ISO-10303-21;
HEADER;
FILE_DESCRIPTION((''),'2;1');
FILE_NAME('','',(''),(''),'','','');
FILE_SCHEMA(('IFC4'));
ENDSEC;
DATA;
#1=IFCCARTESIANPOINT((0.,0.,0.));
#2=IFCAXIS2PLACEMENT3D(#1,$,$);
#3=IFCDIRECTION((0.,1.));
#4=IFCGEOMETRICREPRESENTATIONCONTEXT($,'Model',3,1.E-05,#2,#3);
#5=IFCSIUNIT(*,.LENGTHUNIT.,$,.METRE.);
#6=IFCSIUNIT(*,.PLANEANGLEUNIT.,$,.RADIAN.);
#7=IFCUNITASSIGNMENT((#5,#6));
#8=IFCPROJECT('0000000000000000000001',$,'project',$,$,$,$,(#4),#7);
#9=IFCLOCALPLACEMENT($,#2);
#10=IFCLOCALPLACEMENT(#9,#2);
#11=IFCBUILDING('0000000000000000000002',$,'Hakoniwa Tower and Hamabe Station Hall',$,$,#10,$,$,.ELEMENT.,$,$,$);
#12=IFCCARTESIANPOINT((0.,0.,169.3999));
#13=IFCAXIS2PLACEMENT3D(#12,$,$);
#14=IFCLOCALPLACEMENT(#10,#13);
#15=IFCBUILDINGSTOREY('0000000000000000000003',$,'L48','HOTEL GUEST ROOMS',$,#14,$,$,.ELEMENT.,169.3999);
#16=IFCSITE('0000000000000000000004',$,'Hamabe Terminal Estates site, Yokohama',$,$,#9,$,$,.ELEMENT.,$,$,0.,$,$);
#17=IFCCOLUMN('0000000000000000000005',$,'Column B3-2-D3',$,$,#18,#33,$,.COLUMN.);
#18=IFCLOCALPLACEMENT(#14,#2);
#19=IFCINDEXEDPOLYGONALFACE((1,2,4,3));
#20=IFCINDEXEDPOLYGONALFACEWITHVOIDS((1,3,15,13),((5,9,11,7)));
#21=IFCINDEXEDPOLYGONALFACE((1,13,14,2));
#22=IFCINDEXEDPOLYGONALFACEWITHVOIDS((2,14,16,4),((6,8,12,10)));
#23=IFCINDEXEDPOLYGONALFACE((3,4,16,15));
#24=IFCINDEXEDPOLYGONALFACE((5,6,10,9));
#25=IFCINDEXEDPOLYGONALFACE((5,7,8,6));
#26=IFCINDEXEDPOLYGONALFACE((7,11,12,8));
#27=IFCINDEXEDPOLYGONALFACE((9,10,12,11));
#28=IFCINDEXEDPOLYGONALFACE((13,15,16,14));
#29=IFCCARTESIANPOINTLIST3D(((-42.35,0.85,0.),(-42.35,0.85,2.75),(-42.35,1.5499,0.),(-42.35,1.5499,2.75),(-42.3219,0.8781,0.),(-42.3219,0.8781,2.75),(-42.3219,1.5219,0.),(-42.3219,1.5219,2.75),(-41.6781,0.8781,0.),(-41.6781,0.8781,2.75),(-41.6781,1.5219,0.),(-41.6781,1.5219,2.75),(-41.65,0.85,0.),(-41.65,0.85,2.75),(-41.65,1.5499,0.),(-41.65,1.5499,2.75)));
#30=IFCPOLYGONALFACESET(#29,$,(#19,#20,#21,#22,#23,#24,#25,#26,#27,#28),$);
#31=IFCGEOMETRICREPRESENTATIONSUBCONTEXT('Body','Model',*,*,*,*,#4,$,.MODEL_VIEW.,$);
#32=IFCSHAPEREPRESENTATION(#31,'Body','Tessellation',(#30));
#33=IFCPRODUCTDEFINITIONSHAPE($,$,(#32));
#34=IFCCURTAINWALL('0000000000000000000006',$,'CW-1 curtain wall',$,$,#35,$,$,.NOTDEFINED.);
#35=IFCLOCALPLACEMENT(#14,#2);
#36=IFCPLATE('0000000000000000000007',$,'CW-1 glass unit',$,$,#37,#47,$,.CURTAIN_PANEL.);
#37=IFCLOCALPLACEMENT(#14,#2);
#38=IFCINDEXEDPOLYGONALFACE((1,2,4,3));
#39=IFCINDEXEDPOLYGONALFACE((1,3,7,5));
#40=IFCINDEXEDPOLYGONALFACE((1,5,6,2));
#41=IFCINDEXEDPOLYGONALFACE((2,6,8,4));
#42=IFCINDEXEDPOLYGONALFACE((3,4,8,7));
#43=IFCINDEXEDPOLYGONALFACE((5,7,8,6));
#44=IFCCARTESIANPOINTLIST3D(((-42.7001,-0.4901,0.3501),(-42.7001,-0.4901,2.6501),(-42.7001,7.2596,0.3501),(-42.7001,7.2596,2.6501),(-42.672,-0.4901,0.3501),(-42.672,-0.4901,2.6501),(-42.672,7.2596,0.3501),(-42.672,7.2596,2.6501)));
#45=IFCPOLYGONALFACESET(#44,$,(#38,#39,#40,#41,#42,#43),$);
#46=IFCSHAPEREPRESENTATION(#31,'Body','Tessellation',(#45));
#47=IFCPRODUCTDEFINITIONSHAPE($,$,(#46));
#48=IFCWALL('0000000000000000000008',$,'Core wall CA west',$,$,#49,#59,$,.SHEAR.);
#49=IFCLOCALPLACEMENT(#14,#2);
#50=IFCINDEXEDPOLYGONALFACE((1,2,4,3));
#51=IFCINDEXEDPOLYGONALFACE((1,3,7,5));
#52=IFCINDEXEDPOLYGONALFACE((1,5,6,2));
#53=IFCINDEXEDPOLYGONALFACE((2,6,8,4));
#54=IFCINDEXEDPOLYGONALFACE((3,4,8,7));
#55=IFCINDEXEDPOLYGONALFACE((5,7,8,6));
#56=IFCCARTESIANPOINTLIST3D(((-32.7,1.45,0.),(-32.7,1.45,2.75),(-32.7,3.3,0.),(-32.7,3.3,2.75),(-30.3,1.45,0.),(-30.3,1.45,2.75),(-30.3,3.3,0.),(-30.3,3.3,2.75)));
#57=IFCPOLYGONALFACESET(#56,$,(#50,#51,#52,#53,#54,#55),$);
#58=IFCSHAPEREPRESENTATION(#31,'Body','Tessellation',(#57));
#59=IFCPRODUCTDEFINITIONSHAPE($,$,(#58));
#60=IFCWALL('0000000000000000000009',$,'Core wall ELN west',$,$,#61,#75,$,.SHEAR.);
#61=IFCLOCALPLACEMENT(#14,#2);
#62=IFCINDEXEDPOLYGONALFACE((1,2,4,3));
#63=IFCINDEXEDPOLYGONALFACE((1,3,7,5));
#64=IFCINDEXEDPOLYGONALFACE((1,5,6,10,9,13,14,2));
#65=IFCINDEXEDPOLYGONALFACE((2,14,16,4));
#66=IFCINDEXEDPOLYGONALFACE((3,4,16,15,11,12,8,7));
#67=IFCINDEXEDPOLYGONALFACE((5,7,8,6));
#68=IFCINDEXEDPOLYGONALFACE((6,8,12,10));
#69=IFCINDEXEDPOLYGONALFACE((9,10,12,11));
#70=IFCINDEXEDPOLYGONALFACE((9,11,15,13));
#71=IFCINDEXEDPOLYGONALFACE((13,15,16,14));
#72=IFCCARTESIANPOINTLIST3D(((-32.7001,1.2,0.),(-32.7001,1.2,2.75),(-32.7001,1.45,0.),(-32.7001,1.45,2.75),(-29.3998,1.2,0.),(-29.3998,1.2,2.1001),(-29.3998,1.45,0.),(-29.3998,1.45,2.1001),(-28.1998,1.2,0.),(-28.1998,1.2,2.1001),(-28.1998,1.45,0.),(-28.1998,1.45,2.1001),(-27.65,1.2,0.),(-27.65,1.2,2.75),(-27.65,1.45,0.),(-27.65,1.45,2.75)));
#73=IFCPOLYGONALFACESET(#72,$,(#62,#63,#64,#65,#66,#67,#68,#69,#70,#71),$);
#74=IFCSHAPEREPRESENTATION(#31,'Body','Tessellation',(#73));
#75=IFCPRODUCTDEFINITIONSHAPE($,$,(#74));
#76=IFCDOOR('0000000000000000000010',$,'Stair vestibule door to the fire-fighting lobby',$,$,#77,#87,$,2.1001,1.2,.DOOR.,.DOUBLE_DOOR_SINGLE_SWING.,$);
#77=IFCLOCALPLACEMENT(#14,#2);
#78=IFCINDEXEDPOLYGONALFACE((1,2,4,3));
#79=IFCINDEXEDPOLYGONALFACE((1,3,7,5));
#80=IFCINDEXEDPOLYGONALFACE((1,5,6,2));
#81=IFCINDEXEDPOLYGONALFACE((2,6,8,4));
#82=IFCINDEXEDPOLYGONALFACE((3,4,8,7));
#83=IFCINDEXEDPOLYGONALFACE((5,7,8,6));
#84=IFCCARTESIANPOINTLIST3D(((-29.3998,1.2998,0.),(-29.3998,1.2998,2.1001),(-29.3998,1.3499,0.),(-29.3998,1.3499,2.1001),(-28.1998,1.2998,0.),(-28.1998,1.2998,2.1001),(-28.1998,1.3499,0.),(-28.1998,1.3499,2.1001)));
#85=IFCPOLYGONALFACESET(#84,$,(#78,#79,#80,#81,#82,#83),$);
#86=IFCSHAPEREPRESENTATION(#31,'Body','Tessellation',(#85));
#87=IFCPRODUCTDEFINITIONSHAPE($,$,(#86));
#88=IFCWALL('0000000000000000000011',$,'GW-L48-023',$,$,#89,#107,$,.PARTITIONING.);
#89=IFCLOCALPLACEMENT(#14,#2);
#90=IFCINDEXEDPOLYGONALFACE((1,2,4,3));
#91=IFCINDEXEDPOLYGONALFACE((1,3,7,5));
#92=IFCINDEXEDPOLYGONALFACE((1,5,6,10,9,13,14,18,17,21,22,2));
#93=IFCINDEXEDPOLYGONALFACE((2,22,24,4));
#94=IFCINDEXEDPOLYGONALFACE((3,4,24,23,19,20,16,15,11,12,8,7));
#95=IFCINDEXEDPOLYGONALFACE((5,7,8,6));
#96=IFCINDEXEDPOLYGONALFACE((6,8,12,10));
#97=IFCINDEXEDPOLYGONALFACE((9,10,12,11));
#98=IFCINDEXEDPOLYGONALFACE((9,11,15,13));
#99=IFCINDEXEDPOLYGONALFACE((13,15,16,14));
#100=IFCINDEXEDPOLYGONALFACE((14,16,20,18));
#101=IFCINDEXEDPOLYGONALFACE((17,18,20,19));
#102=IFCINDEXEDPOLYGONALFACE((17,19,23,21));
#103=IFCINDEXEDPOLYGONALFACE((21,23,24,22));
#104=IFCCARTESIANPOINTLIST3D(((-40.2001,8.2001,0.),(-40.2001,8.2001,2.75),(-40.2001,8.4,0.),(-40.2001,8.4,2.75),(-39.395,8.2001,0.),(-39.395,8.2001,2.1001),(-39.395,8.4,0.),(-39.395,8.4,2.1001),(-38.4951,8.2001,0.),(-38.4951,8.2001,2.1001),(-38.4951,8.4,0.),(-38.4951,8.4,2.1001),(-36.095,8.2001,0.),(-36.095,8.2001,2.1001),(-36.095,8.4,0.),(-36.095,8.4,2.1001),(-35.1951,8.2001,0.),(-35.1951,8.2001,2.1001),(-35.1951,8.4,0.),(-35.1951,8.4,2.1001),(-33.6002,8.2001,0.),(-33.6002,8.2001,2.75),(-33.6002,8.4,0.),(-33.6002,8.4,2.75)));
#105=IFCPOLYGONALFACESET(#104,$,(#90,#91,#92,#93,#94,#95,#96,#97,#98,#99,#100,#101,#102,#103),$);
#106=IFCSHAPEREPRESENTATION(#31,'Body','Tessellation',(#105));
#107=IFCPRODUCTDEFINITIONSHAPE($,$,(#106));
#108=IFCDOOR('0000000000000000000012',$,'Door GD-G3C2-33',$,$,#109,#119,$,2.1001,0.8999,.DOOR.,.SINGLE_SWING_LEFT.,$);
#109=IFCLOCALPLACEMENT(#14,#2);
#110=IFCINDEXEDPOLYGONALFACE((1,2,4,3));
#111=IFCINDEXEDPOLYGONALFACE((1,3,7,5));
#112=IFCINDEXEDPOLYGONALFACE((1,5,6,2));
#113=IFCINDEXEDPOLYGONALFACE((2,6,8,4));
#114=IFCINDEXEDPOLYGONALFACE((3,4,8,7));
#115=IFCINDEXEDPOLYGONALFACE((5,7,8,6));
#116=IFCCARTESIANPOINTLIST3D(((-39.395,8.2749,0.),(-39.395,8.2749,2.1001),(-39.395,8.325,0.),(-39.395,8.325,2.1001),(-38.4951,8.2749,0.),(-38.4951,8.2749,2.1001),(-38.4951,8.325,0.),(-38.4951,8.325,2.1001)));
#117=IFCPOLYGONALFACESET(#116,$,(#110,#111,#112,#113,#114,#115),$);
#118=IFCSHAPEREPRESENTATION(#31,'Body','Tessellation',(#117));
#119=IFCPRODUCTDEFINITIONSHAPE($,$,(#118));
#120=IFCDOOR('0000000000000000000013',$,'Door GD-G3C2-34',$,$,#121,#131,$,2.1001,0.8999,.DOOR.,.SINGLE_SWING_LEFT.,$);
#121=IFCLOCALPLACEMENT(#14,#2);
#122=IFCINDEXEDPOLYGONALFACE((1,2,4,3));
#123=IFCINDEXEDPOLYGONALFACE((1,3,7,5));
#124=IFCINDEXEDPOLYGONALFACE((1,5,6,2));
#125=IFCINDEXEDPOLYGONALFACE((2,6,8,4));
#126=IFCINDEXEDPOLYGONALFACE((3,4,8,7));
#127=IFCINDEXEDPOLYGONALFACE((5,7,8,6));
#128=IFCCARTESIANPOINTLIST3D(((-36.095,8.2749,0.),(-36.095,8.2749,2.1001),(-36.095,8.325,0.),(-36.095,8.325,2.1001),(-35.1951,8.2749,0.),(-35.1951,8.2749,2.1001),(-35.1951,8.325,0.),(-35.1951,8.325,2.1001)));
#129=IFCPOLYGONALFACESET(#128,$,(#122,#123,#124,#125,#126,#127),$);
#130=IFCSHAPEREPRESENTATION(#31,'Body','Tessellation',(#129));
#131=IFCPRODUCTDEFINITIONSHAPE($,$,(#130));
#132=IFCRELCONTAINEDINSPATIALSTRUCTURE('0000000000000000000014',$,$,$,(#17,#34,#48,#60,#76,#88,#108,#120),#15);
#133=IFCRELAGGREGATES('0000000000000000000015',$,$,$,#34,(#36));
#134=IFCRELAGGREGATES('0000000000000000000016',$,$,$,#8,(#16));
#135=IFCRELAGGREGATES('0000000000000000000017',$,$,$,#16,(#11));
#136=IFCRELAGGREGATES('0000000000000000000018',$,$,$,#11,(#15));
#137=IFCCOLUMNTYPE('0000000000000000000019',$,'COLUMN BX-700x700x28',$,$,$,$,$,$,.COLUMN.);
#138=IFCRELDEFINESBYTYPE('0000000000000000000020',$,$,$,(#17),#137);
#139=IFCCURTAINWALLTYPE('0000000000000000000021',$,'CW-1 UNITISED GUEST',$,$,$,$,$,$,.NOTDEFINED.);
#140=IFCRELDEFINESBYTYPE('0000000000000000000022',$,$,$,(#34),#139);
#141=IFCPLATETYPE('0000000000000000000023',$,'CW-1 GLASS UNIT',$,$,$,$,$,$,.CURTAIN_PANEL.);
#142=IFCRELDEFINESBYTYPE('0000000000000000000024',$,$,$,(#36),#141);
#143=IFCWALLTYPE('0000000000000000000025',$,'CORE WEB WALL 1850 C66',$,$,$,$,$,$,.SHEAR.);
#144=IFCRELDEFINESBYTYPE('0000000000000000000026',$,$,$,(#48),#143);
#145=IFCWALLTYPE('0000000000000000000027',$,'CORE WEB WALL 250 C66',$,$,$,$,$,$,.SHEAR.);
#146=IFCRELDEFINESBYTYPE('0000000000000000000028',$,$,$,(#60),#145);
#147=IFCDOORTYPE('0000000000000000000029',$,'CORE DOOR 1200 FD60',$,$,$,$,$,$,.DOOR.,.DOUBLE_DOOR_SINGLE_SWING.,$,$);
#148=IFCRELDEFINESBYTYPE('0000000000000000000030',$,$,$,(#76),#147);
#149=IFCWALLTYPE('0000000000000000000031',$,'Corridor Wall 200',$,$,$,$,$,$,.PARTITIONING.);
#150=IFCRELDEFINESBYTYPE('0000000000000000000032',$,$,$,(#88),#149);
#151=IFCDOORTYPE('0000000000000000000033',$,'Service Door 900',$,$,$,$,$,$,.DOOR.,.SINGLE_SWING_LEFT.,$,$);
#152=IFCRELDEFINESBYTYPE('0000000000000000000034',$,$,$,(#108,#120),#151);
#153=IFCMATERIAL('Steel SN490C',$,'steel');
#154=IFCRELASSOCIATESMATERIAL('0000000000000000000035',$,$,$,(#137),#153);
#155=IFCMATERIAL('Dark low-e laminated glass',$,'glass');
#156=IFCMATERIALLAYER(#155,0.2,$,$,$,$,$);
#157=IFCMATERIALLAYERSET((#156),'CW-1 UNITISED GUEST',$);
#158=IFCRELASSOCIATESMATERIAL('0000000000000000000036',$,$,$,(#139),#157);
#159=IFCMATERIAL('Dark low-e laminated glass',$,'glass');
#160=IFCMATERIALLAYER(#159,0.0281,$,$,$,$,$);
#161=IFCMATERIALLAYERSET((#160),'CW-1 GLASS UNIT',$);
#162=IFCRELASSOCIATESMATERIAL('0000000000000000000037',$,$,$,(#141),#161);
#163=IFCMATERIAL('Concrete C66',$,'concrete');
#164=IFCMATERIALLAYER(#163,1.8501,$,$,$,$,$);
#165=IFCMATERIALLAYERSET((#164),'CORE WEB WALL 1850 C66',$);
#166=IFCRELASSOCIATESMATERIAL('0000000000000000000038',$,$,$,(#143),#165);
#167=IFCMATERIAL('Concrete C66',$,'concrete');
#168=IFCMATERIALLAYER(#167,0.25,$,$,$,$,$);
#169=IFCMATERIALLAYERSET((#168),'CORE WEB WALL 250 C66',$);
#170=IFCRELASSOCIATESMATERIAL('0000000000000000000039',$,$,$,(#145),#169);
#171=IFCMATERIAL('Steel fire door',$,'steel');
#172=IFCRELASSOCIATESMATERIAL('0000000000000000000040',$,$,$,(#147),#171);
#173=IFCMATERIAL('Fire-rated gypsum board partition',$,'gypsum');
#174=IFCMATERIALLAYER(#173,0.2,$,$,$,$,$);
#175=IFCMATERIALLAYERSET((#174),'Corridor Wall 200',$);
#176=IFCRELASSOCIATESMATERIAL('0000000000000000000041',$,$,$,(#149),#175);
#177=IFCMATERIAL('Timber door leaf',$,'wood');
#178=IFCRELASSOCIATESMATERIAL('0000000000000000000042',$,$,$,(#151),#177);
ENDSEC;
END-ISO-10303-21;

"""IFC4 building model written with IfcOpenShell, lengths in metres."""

from ifc_helpers import new_model, si_unit, direction, frame, frame_2d, origin, origin_2d, place, context, subcontext, project, spatial, rectangle, hollow_rectangle, extrude, material, layer, layer_set, material_profile, profile_set, type_object, element, fill, aggregate, save


model = new_model("IFC4")

# Units and contexts
model_context = context("Model", 3, precision=1e-05, world=origin(), true_north=direction((0.0, 1.0)))
body_context = subcontext(model_context, "Body", "Model", "MODEL_VIEW")
ifc_project = project(units=[si_unit("LENGTHUNIT", "METRE"), si_unit("PLANEANGLEUNIT", "RADIAN")], contexts=[model_context])

# Site, building, storey
site_placement = place(None, origin())
site = spatial("IfcSite", under=ifc_project, at=site_placement, Name="Hamabe Terminal Estates site, Yokohama", CompositionType="ELEMENT", RefElevation=0.0)
building_placement = place(site_placement, origin())
building = spatial("IfcBuilding", under=site, at=building_placement, Name="Hakoniwa Tower and Hamabe Station Hall", CompositionType="ELEMENT")
storey_placement = place(building_placement, frame((0.0, 0.0, 169.3999)))
storey = spatial("IfcBuildingStorey", under=building, at=storey_placement, Name="L48", Description="HOTEL GUEST ROOMS", CompositionType="ELEMENT", Elevation=169.3999)

# Column
ifc_material_1 = material(Name="Steel SN490C", Category="steel")
ifc_material_profile = material_profile(ifc_material_1, hollow_rectangle(XDim=0.7, YDim=0.7, WallThickness=0.0281, at=origin_2d()), Name="BX-700x700x28")
ifc_profile_set = profile_set([ifc_material_profile], Name="Steel SN490C")
column_type = type_object("IfcColumnType", Name="COLUMN BX-700x700x28", PredefinedType="COLUMN", material=ifc_profile_set)
column_placement = place(storey_placement, frame((-42.0, 1.2, 0.0), z_axis=(0.0, 0.0, 1.0), x_axis=(1.0, 0.0, 0.0)))
element("IfcColumn", 1, at=column_placement, inside=storey, type_object=column_type, Name="Column B3-2-D3", PredefinedType="COLUMN", context=body_context, shape_type="SweptSolid", body=[
    extrude(hollow_rectangle(XDim=0.7, YDim=0.7, WallThickness=0.0281, at=origin_2d()), origin(), (0.0, 0.0, 1.0), 2.75),
])

# Curtain wall, plate
ifc_material_2 = material(Name="Dark low-e laminated glass", Category="glass")
ifc_layer_1 = layer(ifc_material_2, 0.2)
ifc_layer_set_1 = layer_set([ifc_layer_1], Name="CW-1 UNITISED GUEST")
curtain_wall_type = type_object("IfcCurtainWallType", Name="CW-1 UNITISED GUEST", PredefinedType="NOTDEFINED", material=ifc_layer_set_1)
curtain_wall_placement = place(storey_placement, origin())
curtain_wall = element("IfcCurtainWall", 2, at=curtain_wall_placement, inside=storey, type_object=curtain_wall_type, Name="CW-1 curtain wall", PredefinedType="NOTDEFINED")
ifc_material_3 = material(Name="Dark low-e laminated glass", Category="glass")
ifc_layer_2 = layer(ifc_material_3, 0.0281)
ifc_layer_set_2 = layer_set([ifc_layer_2], Name="CW-1 GLASS UNIT")
plate_type = type_object("IfcPlateType", Name="CW-1 GLASS UNIT", PredefinedType="CURTAIN_PANEL", material=ifc_layer_set_2)
plate_placement = place(storey_placement, frame((-42.686, 3.3848, 0.3501), z_axis=(0.0, 0.0, 1.0), x_axis=(0.0, -1.0, 0.0)))
plate = element("IfcPlate", 3, at=plate_placement, type_object=plate_type, Name="CW-1 glass unit", PredefinedType="CURTAIN_PANEL", context=body_context, shape_type="SweptSolid", body=[
    extrude(rectangle(XDim=7.7498, YDim=0.0281, at=origin_2d()), origin(), (0.0, 0.0, 1.0), 2.3),
])
aggregate(curtain_wall, [plate])

# Wall
ifc_material_4 = material(Name="Concrete C66", Category="concrete")
ifc_layer_3 = layer(ifc_material_4, 1.8501)
ifc_layer_set_3 = layer_set([ifc_layer_3], Name="CORE WEB WALL 1850 C66")
wall_type_1 = type_object("IfcWallType", Name="CORE WEB WALL 1850 C66", PredefinedType="SHEAR", material=ifc_layer_set_3)
wall_1_placement = place(storey_placement, frame((-32.7, 2.375, 0.0), z_axis=(0.0, 0.0, 1.0), x_axis=(1.0, 0.0, 0.0)))
element("IfcWall", 4, at=wall_1_placement, inside=storey, type_object=wall_type_1, Name="Core wall CA west", PredefinedType="SHEAR", context=body_context, shape_type="SweptSolid", body=[
    extrude(rectangle(XDim=2.3999, YDim=1.8501, at=frame_2d((1.2, 0.0))), origin(), (0.0, 0.0, 1.0), 2.75),
])

# Wall, opening, door
ifc_material_5 = material(Name="Concrete C66", Category="concrete")
ifc_layer_4 = layer(ifc_material_5, 0.25)
ifc_layer_set_4 = layer_set([ifc_layer_4], Name="CORE WEB WALL 250 C66")
wall_type_2 = type_object("IfcWallType", Name="CORE WEB WALL 250 C66", PredefinedType="SHEAR", material=ifc_layer_set_4)
wall_2_placement = place(storey_placement, frame((-32.7, 1.325, 0.0), z_axis=(0.0, 0.0, 1.0), x_axis=(1.0, 0.0, 0.0)))
wall_2 = element("IfcWall", 5, at=wall_2_placement, inside=storey, type_object=wall_type_2, Name="Core wall ELN west", PredefinedType="SHEAR", context=body_context, shape_type="SweptSolid", body=[
    extrude(rectangle(XDim=5.05, YDim=0.25, at=frame_2d((2.5249, 0.0))), origin(), (0.0, 0.0, 1.0), 2.75),
])
opening_1_placement = place(wall_2_placement, frame((3.3, 0.0, 0.0)))
opening_1 = element("IfcOpeningElement", 6, at=opening_1_placement, cuts=wall_2, PredefinedType="OPENING", context=body_context, shape_type="SweptSolid", body=[
    extrude(rectangle(XDim=1.2, YDim=2.1001, at=frame_2d((0.6001, 1.05))), frame((0.0, 0.135, 0.0), z_axis=(0.0, -1.0, 0.0), x_axis=(1.0, 0.0, 0.0)), (0.0, 0.0, 1.0), 0.27),
])
ifc_material_6 = material(Name="Steel fire door", Category="steel")
door_type_1 = type_object("IfcDoorType", Name="CORE DOOR 1200 FD60", OperationType="DOUBLE_DOOR_SINGLE_SWING", PredefinedType="DOOR", material=ifc_material_6)
door_1_placement = place(opening_1_placement, origin())
door_1 = element("IfcDoor", 7, at=door_1_placement, inside=storey, type_object=door_type_1, Name="Stair vestibule door to the fire-fighting lobby", OperationType="DOUBLE_DOOR_SINGLE_SWING", OverallHeight=2.1001, OverallWidth=1.2, PredefinedType="DOOR", context=body_context, shape_type="SweptSolid", body=[
    extrude(rectangle(XDim=1.2, YDim=2.1001, at=frame_2d((0.6001, 1.05))), frame((0.0, 0.0249, 0.0), z_axis=(0.0, -1.0, 0.0), x_axis=(1.0, 0.0, 0.0)), (0.0, 0.0, 1.0), 0.05),
])
fill(opening_1, door_1)

# Wall, openings, doors
ifc_material_7 = material(Name="Fire-rated gypsum board partition", Category="gypsum")
ifc_layer_5 = layer(ifc_material_7, 0.2)
ifc_layer_set_5 = layer_set([ifc_layer_5], Name="Corridor Wall 200")
wall_type_3 = type_object("IfcWallType", Name="Corridor Wall 200", PredefinedType="PARTITIONING", material=ifc_layer_set_5)
wall_3_placement = place(storey_placement, frame((-40.2, 8.3, 0.0), z_axis=(0.0, 0.0, 1.0), x_axis=(1.0, 0.0, 0.0)))
wall_3 = element("IfcWall", 8, at=wall_3_placement, inside=storey, type_object=wall_type_3, Name="GW-L48-023", PredefinedType="PARTITIONING", context=body_context, shape_type="SweptSolid", body=[
    extrude(rectangle(XDim=6.5999, YDim=0.2, at=frame_2d((3.2998, 0.0))), origin(), (0.0, 0.0, 1.0), 2.75),
])
opening_2_placement = place(wall_3_placement, frame((0.8049, 0.0, 0.0)))
opening_2 = element("IfcOpeningElement", 9, at=opening_2_placement, cuts=wall_3, PredefinedType="OPENING", context=body_context, shape_type="SweptSolid", body=[
    extrude(rectangle(XDim=0.8999, YDim=2.1001, at=frame_2d((0.45, 1.05))), frame((0.0, 0.1099, 0.0), z_axis=(0.0, -1.0, 0.0), x_axis=(1.0, 0.0, 0.0)), (0.0, 0.0, 1.0), 0.22),
])
opening_3_placement = place(wall_3_placement, frame((4.105, 0.0, 0.0)))
opening_3 = element("IfcOpeningElement", 10, at=opening_3_placement, cuts=wall_3, PredefinedType="OPENING", context=body_context, shape_type="SweptSolid", body=[
    extrude(rectangle(XDim=0.8999, YDim=2.1001, at=frame_2d((0.45, 1.05))), frame((0.0, 0.1099, 0.0), z_axis=(0.0, -1.0, 0.0), x_axis=(1.0, 0.0, 0.0)), (0.0, 0.0, 1.0), 0.22),
])
ifc_material_8 = material(Name="Timber door leaf", Category="wood")
door_type_2 = type_object("IfcDoorType", Name="Service Door 900", OperationType="SINGLE_SWING_LEFT", PredefinedType="DOOR", material=ifc_material_8)
door_2_placement = place(opening_2_placement, origin())
door_2 = element("IfcDoor", 11, at=door_2_placement, inside=storey, type_object=door_type_2, Name="Door GD-G3C2-33", OperationType="SINGLE_SWING_LEFT", OverallHeight=2.1001, OverallWidth=0.8999, PredefinedType="DOOR", context=body_context, shape_type="SweptSolid", body=[
    extrude(rectangle(XDim=0.8999, YDim=2.1001, at=frame_2d((0.45, 1.05))), frame((0.0, 0.0249, 0.0), z_axis=(0.0, -1.0, 0.0), x_axis=(1.0, 0.0, 0.0)), (0.0, 0.0, 1.0), 0.05),
])
fill(opening_2, door_2)
door_3_placement = place(opening_3_placement, origin())
door_3 = element("IfcDoor", 12, at=door_3_placement, inside=storey, type_object=door_type_2, Name="Door GD-G3C2-34", OperationType="SINGLE_SWING_LEFT", OverallHeight=2.1001, OverallWidth=0.8999, PredefinedType="DOOR", context=body_context, shape_type="SweptSolid", body=[
    extrude(rectangle(XDim=0.8999, YDim=2.1001, at=frame_2d((0.45, 1.05))), frame((0.0, 0.0249, 0.0), z_axis=(0.0, -1.0, 0.0), x_axis=(1.0, 0.0, 0.0)), (0.0, 0.0, 1.0), 0.05),
])
fill(opening_3, door_3)

save(model, "model.ifc")
